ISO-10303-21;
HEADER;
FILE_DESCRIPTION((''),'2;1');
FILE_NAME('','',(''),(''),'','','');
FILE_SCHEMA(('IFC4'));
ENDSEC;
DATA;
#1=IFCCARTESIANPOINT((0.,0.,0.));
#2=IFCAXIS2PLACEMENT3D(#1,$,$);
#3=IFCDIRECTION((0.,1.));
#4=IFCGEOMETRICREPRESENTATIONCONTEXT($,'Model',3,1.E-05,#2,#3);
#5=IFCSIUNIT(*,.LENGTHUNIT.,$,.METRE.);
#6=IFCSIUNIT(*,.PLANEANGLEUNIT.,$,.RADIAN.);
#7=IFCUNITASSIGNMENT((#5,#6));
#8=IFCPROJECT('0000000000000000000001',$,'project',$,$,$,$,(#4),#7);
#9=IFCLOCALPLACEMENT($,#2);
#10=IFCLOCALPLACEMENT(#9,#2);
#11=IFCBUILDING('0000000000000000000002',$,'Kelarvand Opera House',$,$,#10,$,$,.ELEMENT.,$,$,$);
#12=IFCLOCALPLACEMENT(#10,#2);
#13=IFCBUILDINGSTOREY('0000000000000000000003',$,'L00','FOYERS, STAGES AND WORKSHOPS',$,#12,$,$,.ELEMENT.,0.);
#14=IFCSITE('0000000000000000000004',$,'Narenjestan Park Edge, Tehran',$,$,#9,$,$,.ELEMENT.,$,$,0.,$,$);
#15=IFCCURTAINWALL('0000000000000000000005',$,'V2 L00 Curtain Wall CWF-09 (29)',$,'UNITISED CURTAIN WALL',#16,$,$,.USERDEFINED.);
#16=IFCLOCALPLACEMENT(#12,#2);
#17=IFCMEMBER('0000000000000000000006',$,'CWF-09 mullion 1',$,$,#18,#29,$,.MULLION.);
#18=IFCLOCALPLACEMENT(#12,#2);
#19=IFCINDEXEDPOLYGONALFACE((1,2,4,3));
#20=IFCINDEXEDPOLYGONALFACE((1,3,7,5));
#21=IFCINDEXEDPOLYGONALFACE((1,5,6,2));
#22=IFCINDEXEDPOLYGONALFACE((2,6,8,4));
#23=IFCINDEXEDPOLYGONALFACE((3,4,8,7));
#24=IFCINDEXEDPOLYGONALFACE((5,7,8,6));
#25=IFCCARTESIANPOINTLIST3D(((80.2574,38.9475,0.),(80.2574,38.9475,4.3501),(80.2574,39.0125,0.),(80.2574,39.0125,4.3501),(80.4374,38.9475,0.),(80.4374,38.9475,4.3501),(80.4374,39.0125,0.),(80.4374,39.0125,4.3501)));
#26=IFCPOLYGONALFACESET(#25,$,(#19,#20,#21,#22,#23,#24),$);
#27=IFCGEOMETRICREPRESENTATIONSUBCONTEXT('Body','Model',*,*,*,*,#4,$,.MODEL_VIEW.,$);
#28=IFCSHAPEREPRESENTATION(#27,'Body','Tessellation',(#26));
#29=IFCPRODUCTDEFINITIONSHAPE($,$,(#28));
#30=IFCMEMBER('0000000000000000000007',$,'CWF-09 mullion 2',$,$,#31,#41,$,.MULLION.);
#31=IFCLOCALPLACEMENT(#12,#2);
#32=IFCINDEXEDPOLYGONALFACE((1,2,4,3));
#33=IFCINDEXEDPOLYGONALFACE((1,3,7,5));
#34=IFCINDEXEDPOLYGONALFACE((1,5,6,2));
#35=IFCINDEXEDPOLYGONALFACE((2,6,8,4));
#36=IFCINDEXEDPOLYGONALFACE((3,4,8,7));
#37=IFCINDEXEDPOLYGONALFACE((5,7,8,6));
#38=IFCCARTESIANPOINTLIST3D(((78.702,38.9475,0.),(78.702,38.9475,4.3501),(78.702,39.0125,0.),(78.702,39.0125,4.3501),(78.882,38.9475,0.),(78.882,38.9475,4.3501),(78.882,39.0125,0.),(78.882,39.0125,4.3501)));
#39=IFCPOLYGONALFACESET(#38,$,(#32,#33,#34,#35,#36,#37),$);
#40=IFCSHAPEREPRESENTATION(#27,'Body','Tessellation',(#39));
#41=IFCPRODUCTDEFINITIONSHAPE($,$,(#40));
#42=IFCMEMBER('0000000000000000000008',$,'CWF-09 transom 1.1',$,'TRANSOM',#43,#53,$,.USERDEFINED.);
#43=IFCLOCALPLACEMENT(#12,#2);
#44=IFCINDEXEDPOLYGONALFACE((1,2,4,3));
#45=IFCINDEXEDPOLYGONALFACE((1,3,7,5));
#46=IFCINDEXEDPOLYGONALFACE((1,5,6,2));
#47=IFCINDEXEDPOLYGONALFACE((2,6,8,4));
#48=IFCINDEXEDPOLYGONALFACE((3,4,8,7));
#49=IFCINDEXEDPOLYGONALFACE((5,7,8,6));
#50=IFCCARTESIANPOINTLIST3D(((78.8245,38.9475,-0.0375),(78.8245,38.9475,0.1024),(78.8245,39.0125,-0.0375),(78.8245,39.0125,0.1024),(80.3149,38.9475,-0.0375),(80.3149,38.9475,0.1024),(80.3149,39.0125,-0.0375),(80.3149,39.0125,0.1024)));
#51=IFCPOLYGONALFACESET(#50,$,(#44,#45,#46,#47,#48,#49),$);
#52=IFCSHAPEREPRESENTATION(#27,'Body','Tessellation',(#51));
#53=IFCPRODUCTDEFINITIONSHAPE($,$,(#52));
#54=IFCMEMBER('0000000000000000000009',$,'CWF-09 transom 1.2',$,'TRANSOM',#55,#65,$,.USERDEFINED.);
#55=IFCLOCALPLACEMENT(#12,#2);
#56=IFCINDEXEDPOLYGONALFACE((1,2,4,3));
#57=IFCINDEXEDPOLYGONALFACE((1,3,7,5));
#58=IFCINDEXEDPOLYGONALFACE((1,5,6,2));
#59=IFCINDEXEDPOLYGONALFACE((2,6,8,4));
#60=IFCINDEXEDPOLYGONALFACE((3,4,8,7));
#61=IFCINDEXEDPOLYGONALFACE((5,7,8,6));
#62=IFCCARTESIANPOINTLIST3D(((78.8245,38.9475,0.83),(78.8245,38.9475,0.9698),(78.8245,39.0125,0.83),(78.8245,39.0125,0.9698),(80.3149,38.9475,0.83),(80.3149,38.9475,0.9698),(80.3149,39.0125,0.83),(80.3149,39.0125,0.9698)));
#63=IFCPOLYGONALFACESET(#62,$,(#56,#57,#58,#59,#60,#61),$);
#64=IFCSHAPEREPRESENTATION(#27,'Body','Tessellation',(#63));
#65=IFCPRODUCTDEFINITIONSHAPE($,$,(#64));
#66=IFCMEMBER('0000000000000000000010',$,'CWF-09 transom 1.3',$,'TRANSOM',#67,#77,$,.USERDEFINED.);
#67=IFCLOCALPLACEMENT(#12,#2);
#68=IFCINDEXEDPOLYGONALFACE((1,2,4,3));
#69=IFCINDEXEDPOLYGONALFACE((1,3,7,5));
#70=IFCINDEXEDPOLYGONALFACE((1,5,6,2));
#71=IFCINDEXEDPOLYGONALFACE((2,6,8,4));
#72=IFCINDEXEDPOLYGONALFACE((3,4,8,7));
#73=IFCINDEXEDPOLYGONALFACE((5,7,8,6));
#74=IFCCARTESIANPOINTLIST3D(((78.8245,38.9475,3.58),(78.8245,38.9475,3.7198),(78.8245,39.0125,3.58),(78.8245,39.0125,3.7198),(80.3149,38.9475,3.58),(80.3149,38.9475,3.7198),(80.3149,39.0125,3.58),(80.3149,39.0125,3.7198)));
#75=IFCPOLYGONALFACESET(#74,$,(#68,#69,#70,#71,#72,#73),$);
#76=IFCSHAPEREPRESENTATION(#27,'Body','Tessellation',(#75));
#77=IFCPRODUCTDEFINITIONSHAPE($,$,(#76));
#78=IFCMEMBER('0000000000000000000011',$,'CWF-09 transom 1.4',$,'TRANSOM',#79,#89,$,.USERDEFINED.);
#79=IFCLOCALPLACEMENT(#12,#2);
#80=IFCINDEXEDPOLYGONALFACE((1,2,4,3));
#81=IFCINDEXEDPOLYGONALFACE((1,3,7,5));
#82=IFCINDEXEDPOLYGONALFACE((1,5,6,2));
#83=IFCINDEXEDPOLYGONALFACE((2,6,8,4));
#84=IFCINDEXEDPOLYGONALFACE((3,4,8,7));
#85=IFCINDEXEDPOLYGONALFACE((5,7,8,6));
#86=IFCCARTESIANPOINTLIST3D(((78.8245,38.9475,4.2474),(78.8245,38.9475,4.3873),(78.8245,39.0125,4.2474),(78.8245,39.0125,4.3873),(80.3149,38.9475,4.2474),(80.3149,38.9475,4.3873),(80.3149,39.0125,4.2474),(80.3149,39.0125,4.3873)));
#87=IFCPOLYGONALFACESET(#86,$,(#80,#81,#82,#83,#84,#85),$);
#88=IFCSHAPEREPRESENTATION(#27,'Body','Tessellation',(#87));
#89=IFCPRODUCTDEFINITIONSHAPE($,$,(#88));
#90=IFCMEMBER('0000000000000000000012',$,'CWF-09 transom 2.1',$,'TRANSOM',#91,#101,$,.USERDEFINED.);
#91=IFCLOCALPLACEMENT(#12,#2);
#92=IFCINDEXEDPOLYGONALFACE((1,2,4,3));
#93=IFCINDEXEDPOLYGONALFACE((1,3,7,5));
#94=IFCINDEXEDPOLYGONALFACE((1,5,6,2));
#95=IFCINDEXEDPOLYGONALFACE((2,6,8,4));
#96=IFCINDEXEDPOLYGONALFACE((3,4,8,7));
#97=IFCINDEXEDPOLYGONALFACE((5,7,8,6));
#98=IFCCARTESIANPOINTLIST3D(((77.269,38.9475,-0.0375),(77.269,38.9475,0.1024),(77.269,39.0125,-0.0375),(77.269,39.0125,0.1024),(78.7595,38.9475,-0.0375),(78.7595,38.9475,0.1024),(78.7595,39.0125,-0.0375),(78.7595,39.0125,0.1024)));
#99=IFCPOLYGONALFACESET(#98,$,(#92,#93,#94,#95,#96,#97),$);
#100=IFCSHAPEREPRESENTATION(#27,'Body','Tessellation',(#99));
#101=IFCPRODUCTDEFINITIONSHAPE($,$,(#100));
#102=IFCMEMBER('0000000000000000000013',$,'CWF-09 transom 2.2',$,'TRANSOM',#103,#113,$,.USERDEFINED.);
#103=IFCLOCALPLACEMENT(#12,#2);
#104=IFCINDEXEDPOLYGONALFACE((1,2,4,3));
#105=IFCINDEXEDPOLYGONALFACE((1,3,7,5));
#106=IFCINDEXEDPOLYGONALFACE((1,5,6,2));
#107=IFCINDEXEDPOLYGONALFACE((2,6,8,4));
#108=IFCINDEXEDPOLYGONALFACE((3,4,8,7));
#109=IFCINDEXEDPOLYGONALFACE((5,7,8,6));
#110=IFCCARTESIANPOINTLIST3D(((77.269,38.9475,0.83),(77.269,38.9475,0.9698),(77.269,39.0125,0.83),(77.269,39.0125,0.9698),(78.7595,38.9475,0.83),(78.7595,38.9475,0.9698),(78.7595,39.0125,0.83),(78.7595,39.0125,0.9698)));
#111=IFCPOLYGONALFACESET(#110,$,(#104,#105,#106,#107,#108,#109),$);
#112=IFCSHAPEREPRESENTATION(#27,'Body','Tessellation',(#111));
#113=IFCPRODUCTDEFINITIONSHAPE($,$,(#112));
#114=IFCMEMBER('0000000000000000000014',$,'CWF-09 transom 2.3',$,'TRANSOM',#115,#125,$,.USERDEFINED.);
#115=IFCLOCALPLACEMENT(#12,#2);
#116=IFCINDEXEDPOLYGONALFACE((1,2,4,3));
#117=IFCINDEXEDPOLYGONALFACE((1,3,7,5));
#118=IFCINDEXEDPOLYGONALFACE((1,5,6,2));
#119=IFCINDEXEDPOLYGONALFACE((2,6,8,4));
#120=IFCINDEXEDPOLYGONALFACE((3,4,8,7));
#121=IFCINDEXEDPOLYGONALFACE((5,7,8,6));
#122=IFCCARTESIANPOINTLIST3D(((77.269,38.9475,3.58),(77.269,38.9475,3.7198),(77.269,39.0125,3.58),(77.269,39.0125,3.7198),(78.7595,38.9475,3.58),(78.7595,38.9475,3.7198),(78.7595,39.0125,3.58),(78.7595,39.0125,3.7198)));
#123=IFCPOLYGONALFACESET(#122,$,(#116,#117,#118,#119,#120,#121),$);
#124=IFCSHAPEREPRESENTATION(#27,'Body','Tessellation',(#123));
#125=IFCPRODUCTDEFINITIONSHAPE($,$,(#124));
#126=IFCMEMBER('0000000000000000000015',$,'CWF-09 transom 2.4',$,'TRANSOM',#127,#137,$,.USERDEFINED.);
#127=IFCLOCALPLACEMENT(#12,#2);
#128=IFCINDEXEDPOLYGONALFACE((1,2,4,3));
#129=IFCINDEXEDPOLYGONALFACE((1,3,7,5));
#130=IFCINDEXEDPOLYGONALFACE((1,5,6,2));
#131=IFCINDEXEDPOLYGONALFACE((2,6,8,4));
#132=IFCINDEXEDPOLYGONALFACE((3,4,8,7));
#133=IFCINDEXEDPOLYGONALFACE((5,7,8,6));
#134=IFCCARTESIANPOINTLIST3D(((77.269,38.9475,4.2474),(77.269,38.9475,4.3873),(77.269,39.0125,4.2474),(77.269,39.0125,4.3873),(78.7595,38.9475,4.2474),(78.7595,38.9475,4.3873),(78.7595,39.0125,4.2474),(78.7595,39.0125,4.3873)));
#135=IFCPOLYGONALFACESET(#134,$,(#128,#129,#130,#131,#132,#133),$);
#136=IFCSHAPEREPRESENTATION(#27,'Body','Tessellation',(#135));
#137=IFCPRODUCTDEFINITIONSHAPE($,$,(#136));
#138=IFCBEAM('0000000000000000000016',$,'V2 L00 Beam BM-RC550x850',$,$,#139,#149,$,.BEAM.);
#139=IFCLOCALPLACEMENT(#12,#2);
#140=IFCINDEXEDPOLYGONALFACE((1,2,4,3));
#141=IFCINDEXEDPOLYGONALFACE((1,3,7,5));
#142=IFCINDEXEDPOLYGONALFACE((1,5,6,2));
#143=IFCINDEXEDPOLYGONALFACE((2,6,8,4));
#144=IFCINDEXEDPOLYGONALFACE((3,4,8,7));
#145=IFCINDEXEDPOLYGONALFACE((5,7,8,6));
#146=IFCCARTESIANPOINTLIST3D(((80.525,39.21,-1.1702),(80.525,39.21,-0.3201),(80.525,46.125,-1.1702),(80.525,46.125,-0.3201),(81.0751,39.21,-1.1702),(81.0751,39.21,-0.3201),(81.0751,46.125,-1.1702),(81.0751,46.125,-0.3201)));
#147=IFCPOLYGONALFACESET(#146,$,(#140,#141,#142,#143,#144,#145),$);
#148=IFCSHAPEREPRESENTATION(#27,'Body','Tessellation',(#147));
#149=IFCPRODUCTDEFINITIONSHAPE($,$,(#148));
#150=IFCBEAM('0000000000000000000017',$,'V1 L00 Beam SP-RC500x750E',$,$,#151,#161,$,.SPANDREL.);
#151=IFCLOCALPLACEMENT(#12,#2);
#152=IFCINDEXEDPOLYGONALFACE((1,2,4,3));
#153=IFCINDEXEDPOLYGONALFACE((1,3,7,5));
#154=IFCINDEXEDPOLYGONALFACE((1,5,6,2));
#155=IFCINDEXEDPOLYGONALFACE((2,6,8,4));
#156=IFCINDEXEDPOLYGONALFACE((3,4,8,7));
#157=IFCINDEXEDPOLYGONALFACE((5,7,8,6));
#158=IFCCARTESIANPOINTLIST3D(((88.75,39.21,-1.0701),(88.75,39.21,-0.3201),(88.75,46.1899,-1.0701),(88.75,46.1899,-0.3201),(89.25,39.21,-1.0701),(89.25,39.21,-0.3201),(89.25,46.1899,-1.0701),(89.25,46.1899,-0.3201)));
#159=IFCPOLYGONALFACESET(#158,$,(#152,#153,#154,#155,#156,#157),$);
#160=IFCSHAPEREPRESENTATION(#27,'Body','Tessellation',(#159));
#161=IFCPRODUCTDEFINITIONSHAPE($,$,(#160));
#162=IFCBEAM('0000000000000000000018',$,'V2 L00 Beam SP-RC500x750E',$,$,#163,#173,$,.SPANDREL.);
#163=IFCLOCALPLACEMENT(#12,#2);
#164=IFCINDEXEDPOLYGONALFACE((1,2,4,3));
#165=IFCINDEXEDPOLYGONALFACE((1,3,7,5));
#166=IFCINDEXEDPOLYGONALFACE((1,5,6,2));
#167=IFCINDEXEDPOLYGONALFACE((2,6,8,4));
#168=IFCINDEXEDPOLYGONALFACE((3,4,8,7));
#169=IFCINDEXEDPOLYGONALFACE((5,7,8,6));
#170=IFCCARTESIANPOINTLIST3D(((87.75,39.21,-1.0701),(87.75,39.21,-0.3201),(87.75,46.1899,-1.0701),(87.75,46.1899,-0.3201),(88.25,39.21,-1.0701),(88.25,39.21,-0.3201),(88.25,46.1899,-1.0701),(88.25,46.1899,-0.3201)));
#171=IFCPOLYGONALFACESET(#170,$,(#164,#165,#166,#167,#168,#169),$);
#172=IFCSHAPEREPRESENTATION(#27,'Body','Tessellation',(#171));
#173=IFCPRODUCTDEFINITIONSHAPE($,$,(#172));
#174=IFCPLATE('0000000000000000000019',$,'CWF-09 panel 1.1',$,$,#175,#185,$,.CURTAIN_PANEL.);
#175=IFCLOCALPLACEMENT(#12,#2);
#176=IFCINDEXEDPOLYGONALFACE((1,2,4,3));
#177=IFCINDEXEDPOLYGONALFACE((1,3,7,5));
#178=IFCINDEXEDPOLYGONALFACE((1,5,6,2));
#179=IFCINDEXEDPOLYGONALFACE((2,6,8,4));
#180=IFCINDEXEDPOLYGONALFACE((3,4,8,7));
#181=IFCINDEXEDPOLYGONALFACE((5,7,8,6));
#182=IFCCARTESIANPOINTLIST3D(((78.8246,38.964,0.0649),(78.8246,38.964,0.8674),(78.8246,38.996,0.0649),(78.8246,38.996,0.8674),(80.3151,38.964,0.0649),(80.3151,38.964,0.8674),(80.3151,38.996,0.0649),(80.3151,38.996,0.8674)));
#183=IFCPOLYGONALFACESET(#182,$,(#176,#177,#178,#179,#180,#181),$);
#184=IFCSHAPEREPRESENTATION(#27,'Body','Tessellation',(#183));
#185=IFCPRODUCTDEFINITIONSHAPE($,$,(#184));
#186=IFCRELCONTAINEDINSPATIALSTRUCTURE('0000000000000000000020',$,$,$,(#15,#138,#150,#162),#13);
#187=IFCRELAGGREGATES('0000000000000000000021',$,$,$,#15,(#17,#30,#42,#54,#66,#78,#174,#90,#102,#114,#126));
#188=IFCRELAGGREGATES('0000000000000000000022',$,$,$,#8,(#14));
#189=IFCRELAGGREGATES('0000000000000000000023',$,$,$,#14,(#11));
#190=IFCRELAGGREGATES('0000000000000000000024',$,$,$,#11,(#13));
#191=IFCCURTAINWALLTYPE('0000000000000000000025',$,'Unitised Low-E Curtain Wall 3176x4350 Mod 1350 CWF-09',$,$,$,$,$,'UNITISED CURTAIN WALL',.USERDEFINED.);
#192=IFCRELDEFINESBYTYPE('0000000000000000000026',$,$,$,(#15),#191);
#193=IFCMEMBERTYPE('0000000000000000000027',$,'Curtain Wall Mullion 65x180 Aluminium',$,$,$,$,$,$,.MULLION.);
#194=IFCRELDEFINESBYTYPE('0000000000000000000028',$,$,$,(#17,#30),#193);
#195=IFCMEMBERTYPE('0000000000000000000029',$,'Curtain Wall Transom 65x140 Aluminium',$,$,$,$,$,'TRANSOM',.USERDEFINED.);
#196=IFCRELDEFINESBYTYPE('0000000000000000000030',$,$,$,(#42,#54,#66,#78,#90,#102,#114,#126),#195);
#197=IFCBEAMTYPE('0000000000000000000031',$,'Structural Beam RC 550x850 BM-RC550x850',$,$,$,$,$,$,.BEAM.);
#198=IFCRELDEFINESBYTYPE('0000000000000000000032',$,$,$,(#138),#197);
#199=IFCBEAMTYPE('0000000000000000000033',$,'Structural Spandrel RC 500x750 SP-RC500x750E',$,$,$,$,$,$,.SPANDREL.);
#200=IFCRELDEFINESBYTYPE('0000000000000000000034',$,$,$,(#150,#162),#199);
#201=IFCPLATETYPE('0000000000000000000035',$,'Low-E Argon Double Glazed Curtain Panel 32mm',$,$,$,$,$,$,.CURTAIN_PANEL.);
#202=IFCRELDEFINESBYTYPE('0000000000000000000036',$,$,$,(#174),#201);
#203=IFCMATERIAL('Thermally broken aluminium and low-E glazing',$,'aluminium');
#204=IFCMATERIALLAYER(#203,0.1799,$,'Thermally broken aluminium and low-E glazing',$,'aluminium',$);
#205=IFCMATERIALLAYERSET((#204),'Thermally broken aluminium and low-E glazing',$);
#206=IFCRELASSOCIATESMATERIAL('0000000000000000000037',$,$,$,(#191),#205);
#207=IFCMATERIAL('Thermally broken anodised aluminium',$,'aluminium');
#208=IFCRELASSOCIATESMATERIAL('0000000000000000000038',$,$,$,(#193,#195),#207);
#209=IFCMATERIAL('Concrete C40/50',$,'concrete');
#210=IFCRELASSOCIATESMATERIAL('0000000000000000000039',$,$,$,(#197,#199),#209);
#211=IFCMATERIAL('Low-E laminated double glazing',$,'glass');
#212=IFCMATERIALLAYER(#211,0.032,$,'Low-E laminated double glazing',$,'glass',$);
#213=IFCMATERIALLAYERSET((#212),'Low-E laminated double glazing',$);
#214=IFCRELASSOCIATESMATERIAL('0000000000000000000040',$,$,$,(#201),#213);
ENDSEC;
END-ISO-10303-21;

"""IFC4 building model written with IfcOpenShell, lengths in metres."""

from ifc_helpers import new_model, si_unit, direction, frame, origin, origin_2d, place, context, subcontext, project, spatial, rectangle, extrude, material, layer, layer_set, material_profile, profile_set, type_object, element, aggregate, save


model = new_model("IFC4")

# Units and contexts
model_context = context("Model", 3, precision=1e-05, world=origin(), true_north=direction((0.0, 1.0)))
body_context = subcontext(model_context, "Body", "Model", "MODEL_VIEW")
ifc_project = project(units=[si_unit("LENGTHUNIT", "METRE"), si_unit("PLANEANGLEUNIT", "RADIAN")], contexts=[model_context])

# Site, building, storey
site_placement = place(None, origin())
site = spatial("IfcSite", under=ifc_project, at=site_placement, Name="Narenjestan Park Edge, Tehran", CompositionType="ELEMENT", RefElevation=0.0)
building_placement = place(site_placement, origin())
building = spatial("IfcBuilding", under=site, at=building_placement, Name="Kelarvand Opera House", CompositionType="ELEMENT")
storey_placement = place(building_placement, origin())
storey = spatial("IfcBuildingStorey", under=building, at=storey_placement, Name="L00", Description="FOYERS, STAGES AND WORKSHOPS", CompositionType="ELEMENT", Elevation=0.0)

# Curtain wall, members
ifc_material_1 = material(Name="Thermally broken aluminium and low-E glazing", Category="aluminium")
ifc_layer_1 = layer(ifc_material_1, 0.1799, Name="Thermally broken aluminium and low-E glazing", Category="aluminium")
ifc_layer_set_1 = layer_set([ifc_layer_1], Name="Thermally broken aluminium and low-E glazing")
curtain_wall_type = type_object("IfcCurtainWallType", Name="Unitised Low-E Curtain Wall 3176x4350 Mod 1350 CWF-09", ElementType="UNITISED CURTAIN WALL", PredefinedType="USERDEFINED", material=ifc_layer_set_1)
curtain_wall_placement = place(storey_placement, origin())
curtain_wall = element("IfcCurtainWall", 1, at=curtain_wall_placement, inside=storey, type_object=curtain_wall_type, Name="V2 L00 Curtain Wall CWF-09 (29)", ObjectType="UNITISED CURTAIN WALL", PredefinedType="USERDEFINED")
ifc_material_2 = material(Name="Thermally broken anodised aluminium", Category="aluminium")
ifc_material_profile_1 = material_profile(ifc_material_2, rectangle(XDim=0.0649, YDim=0.1799, at=origin_2d()), Name="ALU MULLION 65x180", Category="aluminium")
ifc_profile_set_1 = profile_set([ifc_material_profile_1], Name="Thermally broken anodised aluminium")
member_type_1 = type_object("IfcMemberType", Name="Curtain Wall Mullion 65x180 Aluminium", PredefinedType="MULLION", material=ifc_profile_set_1)
member_1_placement = place(storey_placement, frame((80.3474, 38.98, 0.0), z_axis=(0.0, 0.0, 1.0), x_axis=(0.0, -1.0, 0.0)))
member_1 = element("IfcMember", 2, at=member_1_placement, type_object=member_type_1, Name="CWF-09 mullion 1", PredefinedType="MULLION", context=body_context, shape_type="SweptSolid", body=[
    extrude(rectangle(XDim=0.0649, YDim=0.1799, at=origin_2d()), origin(), (0.0, 0.0, 1.0), 4.3501),
])
member_2_placement = place(storey_placement, frame((78.792, 38.98, 0.0), z_axis=(0.0, 0.0, 1.0), x_axis=(0.0, -1.0, 0.0)))
member_2 = element("IfcMember", 3, at=member_2_placement, type_object=member_type_1, Name="CWF-09 mullion 2", PredefinedType="MULLION", context=body_context, shape_type="SweptSolid", body=[
    extrude(rectangle(XDim=0.0649, YDim=0.1799, at=origin_2d()), origin(), (0.0, 0.0, 1.0), 4.3501),
])
ifc_material_profile_2 = material_profile(ifc_material_2, rectangle(XDim=0.0649, YDim=0.1399, at=origin_2d()), Name="ALU TRANSOM 65x140", Category="aluminium")
ifc_profile_set_2 = profile_set([ifc_material_profile_2], Name="Thermally broken anodised aluminium")
member_type_2 = type_object("IfcMemberType", Name="Curtain Wall Transom 65x140 Aluminium", ElementType="TRANSOM", PredefinedType="USERDEFINED", material=ifc_profile_set_2)
member_3_placement = place(storey_placement, frame((80.3149, 38.98, 0.0325), z_axis=(-1.0, 0.0, 0.0), x_axis=(0.0, -1.0, 0.0)))
member_3 = element("IfcMember", 4, at=member_3_placement, type_object=member_type_2, Name="CWF-09 transom 1.1", ObjectType="TRANSOM", PredefinedType="USERDEFINED", context=body_context, shape_type="SweptSolid", body=[
    extrude(rectangle(XDim=0.0649, YDim=0.1399, at=origin_2d()), origin(), (0.0, 0.0, 1.0), 1.4905),
])
member_4_placement = place(storey_placement, frame((80.3149, 38.98, 0.8999), z_axis=(-1.0, 0.0, 0.0), x_axis=(0.0, -1.0, 0.0)))
member_4 = element("IfcMember", 5, at=member_4_placement, type_object=member_type_2, Name="CWF-09 transom 1.2", ObjectType="TRANSOM", PredefinedType="USERDEFINED", context=body_context, shape_type="SweptSolid", body=[
    extrude(rectangle(XDim=0.0649, YDim=0.1399, at=origin_2d()), origin(), (0.0, 0.0, 1.0), 1.4905),
])
member_5_placement = place(storey_placement, frame((80.3149, 38.98, 3.6499), z_axis=(-1.0, 0.0, 0.0), x_axis=(0.0, -1.0, 0.0)))
member_5 = element("IfcMember", 6, at=member_5_placement, type_object=member_type_2, Name="CWF-09 transom 1.3", ObjectType="TRANSOM", PredefinedType="USERDEFINED", context=body_context, shape_type="SweptSolid", body=[
    extrude(rectangle(XDim=0.0649, YDim=0.1399, at=origin_2d()), origin(), (0.0, 0.0, 1.0), 1.4905),
])
member_6_placement = place(storey_placement, frame((80.3149, 38.98, 4.3174), z_axis=(-1.0, 0.0, 0.0), x_axis=(0.0, -1.0, 0.0)))
member_6 = element("IfcMember", 7, at=member_6_placement, type_object=member_type_2, Name="CWF-09 transom 1.4", ObjectType="TRANSOM", PredefinedType="USERDEFINED", context=body_context, shape_type="SweptSolid", body=[
    extrude(rectangle(XDim=0.0649, YDim=0.1399, at=origin_2d()), origin(), (0.0, 0.0, 1.0), 1.4905),
])
member_7_placement = place(storey_placement, frame((78.7595, 38.98, 0.0325), z_axis=(-1.0, 0.0, 0.0), x_axis=(0.0, -1.0, 0.0)))
member_7 = element("IfcMember", 8, at=member_7_placement, type_object=member_type_2, Name="CWF-09 transom 2.1", ObjectType="TRANSOM", PredefinedType="USERDEFINED", context=body_context, shape_type="SweptSolid", body=[
    extrude(rectangle(XDim=0.0649, YDim=0.1399, at=origin_2d()), origin(), (0.0, 0.0, 1.0), 1.4905),
])
member_8_placement = place(storey_placement, frame((78.7595, 38.98, 0.8999), z_axis=(-1.0, 0.0, 0.0), x_axis=(0.0, -1.0, 0.0)))
member_8 = element("IfcMember", 9, at=member_8_placement, type_object=member_type_2, Name="CWF-09 transom 2.2", ObjectType="TRANSOM", PredefinedType="USERDEFINED", context=body_context, shape_type="SweptSolid", body=[
    extrude(rectangle(XDim=0.0649, YDim=0.1399, at=origin_2d()), origin(), (0.0, 0.0, 1.0), 1.4905),
])
member_9_placement = place(storey_placement, frame((78.7595, 38.98, 3.6499), z_axis=(-1.0, 0.0, 0.0), x_axis=(0.0, -1.0, 0.0)))
member_9 = element("IfcMember", 10, at=member_9_placement, type_object=member_type_2, Name="CWF-09 transom 2.3", ObjectType="TRANSOM", PredefinedType="USERDEFINED", context=body_context, shape_type="SweptSolid", body=[
    extrude(rectangle(XDim=0.0649, YDim=0.1399, at=origin_2d()), origin(), (0.0, 0.0, 1.0), 1.4905),
])
member_10_placement = place(storey_placement, frame((78.7595, 38.98, 4.3174), z_axis=(-1.0, 0.0, 0.0), x_axis=(0.0, -1.0, 0.0)))
member_10 = element("IfcMember", 11, at=member_10_placement, type_object=member_type_2, Name="CWF-09 transom 2.4", ObjectType="TRANSOM", PredefinedType="USERDEFINED", context=body_context, shape_type="SweptSolid", body=[
    extrude(rectangle(XDim=0.0649, YDim=0.1399, at=origin_2d()), origin(), (0.0, 0.0, 1.0), 1.4905),
])

# Beams
ifc_material_3 = material(Name="Concrete C40/50", Category="concrete")
ifc_material_profile_3 = material_profile(ifc_material_3, rectangle(XDim=0.55, YDim=0.8501, at=origin_2d()), Name="RC 550x850", Category="concrete")
ifc_profile_set_3 = profile_set([ifc_material_profile_3], Name="Concrete C40/50")
beam_type_1 = type_object("IfcBeamType", Name="Structural Beam RC 550x850 BM-RC550x850", PredefinedType="BEAM", material=ifc_profile_set_3)
beam_placement = place(storey_placement, frame((80.8, 39.21, -0.7451), z_axis=(0.0, 1.0, 0.0), x_axis=(-1.0, 0.0, 0.0)))
element("IfcBeam", 12, at=beam_placement, inside=storey, type_object=beam_type_1, Name="V2 L00 Beam BM-RC550x850", PredefinedType="BEAM", context=body_context, shape_type="SweptSolid", body=[
    extrude(rectangle(XDim=0.55, YDim=0.8501, at=origin_2d()), origin(), (0.0, 0.0, 1.0), 6.915),
])
ifc_material_profile_4 = material_profile(ifc_material_3, rectangle(XDim=0.5, YDim=0.75, at=origin_2d()), Name="RC 500x750", Category="concrete")
ifc_profile_set_4 = profile_set([ifc_material_profile_4], Name="Concrete C40/50")
beam_type_2 = type_object("IfcBeamType", Name="Structural Spandrel RC 500x750 SP-RC500x750E", PredefinedType="SPANDREL", material=ifc_profile_set_4)
for number, where, z_axis, x_axis, name in (
    (13, (89.0, 39.21, -0.6951), (0.0, 1.0, 0.0), (-1.0, 0.0, 0.0), "V1 L00 Beam SP-RC500x750E"),
    (14, (88.0, 39.21, -0.6951), (0.0, 1.0, 0.0), (-1.0, 0.0, 0.0), "V2 L00 Beam SP-RC500x750E"),
):
    element("IfcBeam", number, at=place(storey_placement, frame(where, z_axis=z_axis, x_axis=x_axis)), inside=storey, type_object=beam_type_2, Name=name, PredefinedType="SPANDREL", context=body_context, shape_type="SweptSolid", body=[
        extrude(rectangle(XDim=0.5, YDim=0.75, at=origin_2d()), origin(), (0.0, 0.0, 1.0), 6.98),
    ])

# Plate
ifc_material_4 = material(Name="Low-E laminated double glazing", Category="glass")
ifc_layer_2 = layer(ifc_material_4, 0.032, Name="Low-E laminated double glazing", Category="glass")
ifc_layer_set_2 = layer_set([ifc_layer_2], Name="Low-E laminated double glazing")
plate_type = type_object("IfcPlateType", Name="Low-E Argon Double Glazed Curtain Panel 32mm", PredefinedType="CURTAIN_PANEL", material=ifc_layer_set_2)
plate_1_placement = place(storey_placement, frame((79.5698, 38.98, 0.0649), z_axis=(0.0, 0.0, 1.0), x_axis=(-1.0, 0.0, 0.0)))
plate_1 = element("IfcPlate", 15, at=plate_1_placement, type_object=plate_type, Name="CWF-09 panel 1.1", PredefinedType="CURTAIN_PANEL", context=body_context, shape_type="SweptSolid", body=[
    extrude(rectangle(XDim=1.4905, YDim=0.032, at=origin_2d()), origin(), (0.0, 0.0, 1.0), 0.8025),
])
aggregate(curtain_wall, [member_1, member_2, member_3, member_4, member_5, member_6, plate_1, member_7, member_8, member_9, member_10])

save(model, "model.ifc")
